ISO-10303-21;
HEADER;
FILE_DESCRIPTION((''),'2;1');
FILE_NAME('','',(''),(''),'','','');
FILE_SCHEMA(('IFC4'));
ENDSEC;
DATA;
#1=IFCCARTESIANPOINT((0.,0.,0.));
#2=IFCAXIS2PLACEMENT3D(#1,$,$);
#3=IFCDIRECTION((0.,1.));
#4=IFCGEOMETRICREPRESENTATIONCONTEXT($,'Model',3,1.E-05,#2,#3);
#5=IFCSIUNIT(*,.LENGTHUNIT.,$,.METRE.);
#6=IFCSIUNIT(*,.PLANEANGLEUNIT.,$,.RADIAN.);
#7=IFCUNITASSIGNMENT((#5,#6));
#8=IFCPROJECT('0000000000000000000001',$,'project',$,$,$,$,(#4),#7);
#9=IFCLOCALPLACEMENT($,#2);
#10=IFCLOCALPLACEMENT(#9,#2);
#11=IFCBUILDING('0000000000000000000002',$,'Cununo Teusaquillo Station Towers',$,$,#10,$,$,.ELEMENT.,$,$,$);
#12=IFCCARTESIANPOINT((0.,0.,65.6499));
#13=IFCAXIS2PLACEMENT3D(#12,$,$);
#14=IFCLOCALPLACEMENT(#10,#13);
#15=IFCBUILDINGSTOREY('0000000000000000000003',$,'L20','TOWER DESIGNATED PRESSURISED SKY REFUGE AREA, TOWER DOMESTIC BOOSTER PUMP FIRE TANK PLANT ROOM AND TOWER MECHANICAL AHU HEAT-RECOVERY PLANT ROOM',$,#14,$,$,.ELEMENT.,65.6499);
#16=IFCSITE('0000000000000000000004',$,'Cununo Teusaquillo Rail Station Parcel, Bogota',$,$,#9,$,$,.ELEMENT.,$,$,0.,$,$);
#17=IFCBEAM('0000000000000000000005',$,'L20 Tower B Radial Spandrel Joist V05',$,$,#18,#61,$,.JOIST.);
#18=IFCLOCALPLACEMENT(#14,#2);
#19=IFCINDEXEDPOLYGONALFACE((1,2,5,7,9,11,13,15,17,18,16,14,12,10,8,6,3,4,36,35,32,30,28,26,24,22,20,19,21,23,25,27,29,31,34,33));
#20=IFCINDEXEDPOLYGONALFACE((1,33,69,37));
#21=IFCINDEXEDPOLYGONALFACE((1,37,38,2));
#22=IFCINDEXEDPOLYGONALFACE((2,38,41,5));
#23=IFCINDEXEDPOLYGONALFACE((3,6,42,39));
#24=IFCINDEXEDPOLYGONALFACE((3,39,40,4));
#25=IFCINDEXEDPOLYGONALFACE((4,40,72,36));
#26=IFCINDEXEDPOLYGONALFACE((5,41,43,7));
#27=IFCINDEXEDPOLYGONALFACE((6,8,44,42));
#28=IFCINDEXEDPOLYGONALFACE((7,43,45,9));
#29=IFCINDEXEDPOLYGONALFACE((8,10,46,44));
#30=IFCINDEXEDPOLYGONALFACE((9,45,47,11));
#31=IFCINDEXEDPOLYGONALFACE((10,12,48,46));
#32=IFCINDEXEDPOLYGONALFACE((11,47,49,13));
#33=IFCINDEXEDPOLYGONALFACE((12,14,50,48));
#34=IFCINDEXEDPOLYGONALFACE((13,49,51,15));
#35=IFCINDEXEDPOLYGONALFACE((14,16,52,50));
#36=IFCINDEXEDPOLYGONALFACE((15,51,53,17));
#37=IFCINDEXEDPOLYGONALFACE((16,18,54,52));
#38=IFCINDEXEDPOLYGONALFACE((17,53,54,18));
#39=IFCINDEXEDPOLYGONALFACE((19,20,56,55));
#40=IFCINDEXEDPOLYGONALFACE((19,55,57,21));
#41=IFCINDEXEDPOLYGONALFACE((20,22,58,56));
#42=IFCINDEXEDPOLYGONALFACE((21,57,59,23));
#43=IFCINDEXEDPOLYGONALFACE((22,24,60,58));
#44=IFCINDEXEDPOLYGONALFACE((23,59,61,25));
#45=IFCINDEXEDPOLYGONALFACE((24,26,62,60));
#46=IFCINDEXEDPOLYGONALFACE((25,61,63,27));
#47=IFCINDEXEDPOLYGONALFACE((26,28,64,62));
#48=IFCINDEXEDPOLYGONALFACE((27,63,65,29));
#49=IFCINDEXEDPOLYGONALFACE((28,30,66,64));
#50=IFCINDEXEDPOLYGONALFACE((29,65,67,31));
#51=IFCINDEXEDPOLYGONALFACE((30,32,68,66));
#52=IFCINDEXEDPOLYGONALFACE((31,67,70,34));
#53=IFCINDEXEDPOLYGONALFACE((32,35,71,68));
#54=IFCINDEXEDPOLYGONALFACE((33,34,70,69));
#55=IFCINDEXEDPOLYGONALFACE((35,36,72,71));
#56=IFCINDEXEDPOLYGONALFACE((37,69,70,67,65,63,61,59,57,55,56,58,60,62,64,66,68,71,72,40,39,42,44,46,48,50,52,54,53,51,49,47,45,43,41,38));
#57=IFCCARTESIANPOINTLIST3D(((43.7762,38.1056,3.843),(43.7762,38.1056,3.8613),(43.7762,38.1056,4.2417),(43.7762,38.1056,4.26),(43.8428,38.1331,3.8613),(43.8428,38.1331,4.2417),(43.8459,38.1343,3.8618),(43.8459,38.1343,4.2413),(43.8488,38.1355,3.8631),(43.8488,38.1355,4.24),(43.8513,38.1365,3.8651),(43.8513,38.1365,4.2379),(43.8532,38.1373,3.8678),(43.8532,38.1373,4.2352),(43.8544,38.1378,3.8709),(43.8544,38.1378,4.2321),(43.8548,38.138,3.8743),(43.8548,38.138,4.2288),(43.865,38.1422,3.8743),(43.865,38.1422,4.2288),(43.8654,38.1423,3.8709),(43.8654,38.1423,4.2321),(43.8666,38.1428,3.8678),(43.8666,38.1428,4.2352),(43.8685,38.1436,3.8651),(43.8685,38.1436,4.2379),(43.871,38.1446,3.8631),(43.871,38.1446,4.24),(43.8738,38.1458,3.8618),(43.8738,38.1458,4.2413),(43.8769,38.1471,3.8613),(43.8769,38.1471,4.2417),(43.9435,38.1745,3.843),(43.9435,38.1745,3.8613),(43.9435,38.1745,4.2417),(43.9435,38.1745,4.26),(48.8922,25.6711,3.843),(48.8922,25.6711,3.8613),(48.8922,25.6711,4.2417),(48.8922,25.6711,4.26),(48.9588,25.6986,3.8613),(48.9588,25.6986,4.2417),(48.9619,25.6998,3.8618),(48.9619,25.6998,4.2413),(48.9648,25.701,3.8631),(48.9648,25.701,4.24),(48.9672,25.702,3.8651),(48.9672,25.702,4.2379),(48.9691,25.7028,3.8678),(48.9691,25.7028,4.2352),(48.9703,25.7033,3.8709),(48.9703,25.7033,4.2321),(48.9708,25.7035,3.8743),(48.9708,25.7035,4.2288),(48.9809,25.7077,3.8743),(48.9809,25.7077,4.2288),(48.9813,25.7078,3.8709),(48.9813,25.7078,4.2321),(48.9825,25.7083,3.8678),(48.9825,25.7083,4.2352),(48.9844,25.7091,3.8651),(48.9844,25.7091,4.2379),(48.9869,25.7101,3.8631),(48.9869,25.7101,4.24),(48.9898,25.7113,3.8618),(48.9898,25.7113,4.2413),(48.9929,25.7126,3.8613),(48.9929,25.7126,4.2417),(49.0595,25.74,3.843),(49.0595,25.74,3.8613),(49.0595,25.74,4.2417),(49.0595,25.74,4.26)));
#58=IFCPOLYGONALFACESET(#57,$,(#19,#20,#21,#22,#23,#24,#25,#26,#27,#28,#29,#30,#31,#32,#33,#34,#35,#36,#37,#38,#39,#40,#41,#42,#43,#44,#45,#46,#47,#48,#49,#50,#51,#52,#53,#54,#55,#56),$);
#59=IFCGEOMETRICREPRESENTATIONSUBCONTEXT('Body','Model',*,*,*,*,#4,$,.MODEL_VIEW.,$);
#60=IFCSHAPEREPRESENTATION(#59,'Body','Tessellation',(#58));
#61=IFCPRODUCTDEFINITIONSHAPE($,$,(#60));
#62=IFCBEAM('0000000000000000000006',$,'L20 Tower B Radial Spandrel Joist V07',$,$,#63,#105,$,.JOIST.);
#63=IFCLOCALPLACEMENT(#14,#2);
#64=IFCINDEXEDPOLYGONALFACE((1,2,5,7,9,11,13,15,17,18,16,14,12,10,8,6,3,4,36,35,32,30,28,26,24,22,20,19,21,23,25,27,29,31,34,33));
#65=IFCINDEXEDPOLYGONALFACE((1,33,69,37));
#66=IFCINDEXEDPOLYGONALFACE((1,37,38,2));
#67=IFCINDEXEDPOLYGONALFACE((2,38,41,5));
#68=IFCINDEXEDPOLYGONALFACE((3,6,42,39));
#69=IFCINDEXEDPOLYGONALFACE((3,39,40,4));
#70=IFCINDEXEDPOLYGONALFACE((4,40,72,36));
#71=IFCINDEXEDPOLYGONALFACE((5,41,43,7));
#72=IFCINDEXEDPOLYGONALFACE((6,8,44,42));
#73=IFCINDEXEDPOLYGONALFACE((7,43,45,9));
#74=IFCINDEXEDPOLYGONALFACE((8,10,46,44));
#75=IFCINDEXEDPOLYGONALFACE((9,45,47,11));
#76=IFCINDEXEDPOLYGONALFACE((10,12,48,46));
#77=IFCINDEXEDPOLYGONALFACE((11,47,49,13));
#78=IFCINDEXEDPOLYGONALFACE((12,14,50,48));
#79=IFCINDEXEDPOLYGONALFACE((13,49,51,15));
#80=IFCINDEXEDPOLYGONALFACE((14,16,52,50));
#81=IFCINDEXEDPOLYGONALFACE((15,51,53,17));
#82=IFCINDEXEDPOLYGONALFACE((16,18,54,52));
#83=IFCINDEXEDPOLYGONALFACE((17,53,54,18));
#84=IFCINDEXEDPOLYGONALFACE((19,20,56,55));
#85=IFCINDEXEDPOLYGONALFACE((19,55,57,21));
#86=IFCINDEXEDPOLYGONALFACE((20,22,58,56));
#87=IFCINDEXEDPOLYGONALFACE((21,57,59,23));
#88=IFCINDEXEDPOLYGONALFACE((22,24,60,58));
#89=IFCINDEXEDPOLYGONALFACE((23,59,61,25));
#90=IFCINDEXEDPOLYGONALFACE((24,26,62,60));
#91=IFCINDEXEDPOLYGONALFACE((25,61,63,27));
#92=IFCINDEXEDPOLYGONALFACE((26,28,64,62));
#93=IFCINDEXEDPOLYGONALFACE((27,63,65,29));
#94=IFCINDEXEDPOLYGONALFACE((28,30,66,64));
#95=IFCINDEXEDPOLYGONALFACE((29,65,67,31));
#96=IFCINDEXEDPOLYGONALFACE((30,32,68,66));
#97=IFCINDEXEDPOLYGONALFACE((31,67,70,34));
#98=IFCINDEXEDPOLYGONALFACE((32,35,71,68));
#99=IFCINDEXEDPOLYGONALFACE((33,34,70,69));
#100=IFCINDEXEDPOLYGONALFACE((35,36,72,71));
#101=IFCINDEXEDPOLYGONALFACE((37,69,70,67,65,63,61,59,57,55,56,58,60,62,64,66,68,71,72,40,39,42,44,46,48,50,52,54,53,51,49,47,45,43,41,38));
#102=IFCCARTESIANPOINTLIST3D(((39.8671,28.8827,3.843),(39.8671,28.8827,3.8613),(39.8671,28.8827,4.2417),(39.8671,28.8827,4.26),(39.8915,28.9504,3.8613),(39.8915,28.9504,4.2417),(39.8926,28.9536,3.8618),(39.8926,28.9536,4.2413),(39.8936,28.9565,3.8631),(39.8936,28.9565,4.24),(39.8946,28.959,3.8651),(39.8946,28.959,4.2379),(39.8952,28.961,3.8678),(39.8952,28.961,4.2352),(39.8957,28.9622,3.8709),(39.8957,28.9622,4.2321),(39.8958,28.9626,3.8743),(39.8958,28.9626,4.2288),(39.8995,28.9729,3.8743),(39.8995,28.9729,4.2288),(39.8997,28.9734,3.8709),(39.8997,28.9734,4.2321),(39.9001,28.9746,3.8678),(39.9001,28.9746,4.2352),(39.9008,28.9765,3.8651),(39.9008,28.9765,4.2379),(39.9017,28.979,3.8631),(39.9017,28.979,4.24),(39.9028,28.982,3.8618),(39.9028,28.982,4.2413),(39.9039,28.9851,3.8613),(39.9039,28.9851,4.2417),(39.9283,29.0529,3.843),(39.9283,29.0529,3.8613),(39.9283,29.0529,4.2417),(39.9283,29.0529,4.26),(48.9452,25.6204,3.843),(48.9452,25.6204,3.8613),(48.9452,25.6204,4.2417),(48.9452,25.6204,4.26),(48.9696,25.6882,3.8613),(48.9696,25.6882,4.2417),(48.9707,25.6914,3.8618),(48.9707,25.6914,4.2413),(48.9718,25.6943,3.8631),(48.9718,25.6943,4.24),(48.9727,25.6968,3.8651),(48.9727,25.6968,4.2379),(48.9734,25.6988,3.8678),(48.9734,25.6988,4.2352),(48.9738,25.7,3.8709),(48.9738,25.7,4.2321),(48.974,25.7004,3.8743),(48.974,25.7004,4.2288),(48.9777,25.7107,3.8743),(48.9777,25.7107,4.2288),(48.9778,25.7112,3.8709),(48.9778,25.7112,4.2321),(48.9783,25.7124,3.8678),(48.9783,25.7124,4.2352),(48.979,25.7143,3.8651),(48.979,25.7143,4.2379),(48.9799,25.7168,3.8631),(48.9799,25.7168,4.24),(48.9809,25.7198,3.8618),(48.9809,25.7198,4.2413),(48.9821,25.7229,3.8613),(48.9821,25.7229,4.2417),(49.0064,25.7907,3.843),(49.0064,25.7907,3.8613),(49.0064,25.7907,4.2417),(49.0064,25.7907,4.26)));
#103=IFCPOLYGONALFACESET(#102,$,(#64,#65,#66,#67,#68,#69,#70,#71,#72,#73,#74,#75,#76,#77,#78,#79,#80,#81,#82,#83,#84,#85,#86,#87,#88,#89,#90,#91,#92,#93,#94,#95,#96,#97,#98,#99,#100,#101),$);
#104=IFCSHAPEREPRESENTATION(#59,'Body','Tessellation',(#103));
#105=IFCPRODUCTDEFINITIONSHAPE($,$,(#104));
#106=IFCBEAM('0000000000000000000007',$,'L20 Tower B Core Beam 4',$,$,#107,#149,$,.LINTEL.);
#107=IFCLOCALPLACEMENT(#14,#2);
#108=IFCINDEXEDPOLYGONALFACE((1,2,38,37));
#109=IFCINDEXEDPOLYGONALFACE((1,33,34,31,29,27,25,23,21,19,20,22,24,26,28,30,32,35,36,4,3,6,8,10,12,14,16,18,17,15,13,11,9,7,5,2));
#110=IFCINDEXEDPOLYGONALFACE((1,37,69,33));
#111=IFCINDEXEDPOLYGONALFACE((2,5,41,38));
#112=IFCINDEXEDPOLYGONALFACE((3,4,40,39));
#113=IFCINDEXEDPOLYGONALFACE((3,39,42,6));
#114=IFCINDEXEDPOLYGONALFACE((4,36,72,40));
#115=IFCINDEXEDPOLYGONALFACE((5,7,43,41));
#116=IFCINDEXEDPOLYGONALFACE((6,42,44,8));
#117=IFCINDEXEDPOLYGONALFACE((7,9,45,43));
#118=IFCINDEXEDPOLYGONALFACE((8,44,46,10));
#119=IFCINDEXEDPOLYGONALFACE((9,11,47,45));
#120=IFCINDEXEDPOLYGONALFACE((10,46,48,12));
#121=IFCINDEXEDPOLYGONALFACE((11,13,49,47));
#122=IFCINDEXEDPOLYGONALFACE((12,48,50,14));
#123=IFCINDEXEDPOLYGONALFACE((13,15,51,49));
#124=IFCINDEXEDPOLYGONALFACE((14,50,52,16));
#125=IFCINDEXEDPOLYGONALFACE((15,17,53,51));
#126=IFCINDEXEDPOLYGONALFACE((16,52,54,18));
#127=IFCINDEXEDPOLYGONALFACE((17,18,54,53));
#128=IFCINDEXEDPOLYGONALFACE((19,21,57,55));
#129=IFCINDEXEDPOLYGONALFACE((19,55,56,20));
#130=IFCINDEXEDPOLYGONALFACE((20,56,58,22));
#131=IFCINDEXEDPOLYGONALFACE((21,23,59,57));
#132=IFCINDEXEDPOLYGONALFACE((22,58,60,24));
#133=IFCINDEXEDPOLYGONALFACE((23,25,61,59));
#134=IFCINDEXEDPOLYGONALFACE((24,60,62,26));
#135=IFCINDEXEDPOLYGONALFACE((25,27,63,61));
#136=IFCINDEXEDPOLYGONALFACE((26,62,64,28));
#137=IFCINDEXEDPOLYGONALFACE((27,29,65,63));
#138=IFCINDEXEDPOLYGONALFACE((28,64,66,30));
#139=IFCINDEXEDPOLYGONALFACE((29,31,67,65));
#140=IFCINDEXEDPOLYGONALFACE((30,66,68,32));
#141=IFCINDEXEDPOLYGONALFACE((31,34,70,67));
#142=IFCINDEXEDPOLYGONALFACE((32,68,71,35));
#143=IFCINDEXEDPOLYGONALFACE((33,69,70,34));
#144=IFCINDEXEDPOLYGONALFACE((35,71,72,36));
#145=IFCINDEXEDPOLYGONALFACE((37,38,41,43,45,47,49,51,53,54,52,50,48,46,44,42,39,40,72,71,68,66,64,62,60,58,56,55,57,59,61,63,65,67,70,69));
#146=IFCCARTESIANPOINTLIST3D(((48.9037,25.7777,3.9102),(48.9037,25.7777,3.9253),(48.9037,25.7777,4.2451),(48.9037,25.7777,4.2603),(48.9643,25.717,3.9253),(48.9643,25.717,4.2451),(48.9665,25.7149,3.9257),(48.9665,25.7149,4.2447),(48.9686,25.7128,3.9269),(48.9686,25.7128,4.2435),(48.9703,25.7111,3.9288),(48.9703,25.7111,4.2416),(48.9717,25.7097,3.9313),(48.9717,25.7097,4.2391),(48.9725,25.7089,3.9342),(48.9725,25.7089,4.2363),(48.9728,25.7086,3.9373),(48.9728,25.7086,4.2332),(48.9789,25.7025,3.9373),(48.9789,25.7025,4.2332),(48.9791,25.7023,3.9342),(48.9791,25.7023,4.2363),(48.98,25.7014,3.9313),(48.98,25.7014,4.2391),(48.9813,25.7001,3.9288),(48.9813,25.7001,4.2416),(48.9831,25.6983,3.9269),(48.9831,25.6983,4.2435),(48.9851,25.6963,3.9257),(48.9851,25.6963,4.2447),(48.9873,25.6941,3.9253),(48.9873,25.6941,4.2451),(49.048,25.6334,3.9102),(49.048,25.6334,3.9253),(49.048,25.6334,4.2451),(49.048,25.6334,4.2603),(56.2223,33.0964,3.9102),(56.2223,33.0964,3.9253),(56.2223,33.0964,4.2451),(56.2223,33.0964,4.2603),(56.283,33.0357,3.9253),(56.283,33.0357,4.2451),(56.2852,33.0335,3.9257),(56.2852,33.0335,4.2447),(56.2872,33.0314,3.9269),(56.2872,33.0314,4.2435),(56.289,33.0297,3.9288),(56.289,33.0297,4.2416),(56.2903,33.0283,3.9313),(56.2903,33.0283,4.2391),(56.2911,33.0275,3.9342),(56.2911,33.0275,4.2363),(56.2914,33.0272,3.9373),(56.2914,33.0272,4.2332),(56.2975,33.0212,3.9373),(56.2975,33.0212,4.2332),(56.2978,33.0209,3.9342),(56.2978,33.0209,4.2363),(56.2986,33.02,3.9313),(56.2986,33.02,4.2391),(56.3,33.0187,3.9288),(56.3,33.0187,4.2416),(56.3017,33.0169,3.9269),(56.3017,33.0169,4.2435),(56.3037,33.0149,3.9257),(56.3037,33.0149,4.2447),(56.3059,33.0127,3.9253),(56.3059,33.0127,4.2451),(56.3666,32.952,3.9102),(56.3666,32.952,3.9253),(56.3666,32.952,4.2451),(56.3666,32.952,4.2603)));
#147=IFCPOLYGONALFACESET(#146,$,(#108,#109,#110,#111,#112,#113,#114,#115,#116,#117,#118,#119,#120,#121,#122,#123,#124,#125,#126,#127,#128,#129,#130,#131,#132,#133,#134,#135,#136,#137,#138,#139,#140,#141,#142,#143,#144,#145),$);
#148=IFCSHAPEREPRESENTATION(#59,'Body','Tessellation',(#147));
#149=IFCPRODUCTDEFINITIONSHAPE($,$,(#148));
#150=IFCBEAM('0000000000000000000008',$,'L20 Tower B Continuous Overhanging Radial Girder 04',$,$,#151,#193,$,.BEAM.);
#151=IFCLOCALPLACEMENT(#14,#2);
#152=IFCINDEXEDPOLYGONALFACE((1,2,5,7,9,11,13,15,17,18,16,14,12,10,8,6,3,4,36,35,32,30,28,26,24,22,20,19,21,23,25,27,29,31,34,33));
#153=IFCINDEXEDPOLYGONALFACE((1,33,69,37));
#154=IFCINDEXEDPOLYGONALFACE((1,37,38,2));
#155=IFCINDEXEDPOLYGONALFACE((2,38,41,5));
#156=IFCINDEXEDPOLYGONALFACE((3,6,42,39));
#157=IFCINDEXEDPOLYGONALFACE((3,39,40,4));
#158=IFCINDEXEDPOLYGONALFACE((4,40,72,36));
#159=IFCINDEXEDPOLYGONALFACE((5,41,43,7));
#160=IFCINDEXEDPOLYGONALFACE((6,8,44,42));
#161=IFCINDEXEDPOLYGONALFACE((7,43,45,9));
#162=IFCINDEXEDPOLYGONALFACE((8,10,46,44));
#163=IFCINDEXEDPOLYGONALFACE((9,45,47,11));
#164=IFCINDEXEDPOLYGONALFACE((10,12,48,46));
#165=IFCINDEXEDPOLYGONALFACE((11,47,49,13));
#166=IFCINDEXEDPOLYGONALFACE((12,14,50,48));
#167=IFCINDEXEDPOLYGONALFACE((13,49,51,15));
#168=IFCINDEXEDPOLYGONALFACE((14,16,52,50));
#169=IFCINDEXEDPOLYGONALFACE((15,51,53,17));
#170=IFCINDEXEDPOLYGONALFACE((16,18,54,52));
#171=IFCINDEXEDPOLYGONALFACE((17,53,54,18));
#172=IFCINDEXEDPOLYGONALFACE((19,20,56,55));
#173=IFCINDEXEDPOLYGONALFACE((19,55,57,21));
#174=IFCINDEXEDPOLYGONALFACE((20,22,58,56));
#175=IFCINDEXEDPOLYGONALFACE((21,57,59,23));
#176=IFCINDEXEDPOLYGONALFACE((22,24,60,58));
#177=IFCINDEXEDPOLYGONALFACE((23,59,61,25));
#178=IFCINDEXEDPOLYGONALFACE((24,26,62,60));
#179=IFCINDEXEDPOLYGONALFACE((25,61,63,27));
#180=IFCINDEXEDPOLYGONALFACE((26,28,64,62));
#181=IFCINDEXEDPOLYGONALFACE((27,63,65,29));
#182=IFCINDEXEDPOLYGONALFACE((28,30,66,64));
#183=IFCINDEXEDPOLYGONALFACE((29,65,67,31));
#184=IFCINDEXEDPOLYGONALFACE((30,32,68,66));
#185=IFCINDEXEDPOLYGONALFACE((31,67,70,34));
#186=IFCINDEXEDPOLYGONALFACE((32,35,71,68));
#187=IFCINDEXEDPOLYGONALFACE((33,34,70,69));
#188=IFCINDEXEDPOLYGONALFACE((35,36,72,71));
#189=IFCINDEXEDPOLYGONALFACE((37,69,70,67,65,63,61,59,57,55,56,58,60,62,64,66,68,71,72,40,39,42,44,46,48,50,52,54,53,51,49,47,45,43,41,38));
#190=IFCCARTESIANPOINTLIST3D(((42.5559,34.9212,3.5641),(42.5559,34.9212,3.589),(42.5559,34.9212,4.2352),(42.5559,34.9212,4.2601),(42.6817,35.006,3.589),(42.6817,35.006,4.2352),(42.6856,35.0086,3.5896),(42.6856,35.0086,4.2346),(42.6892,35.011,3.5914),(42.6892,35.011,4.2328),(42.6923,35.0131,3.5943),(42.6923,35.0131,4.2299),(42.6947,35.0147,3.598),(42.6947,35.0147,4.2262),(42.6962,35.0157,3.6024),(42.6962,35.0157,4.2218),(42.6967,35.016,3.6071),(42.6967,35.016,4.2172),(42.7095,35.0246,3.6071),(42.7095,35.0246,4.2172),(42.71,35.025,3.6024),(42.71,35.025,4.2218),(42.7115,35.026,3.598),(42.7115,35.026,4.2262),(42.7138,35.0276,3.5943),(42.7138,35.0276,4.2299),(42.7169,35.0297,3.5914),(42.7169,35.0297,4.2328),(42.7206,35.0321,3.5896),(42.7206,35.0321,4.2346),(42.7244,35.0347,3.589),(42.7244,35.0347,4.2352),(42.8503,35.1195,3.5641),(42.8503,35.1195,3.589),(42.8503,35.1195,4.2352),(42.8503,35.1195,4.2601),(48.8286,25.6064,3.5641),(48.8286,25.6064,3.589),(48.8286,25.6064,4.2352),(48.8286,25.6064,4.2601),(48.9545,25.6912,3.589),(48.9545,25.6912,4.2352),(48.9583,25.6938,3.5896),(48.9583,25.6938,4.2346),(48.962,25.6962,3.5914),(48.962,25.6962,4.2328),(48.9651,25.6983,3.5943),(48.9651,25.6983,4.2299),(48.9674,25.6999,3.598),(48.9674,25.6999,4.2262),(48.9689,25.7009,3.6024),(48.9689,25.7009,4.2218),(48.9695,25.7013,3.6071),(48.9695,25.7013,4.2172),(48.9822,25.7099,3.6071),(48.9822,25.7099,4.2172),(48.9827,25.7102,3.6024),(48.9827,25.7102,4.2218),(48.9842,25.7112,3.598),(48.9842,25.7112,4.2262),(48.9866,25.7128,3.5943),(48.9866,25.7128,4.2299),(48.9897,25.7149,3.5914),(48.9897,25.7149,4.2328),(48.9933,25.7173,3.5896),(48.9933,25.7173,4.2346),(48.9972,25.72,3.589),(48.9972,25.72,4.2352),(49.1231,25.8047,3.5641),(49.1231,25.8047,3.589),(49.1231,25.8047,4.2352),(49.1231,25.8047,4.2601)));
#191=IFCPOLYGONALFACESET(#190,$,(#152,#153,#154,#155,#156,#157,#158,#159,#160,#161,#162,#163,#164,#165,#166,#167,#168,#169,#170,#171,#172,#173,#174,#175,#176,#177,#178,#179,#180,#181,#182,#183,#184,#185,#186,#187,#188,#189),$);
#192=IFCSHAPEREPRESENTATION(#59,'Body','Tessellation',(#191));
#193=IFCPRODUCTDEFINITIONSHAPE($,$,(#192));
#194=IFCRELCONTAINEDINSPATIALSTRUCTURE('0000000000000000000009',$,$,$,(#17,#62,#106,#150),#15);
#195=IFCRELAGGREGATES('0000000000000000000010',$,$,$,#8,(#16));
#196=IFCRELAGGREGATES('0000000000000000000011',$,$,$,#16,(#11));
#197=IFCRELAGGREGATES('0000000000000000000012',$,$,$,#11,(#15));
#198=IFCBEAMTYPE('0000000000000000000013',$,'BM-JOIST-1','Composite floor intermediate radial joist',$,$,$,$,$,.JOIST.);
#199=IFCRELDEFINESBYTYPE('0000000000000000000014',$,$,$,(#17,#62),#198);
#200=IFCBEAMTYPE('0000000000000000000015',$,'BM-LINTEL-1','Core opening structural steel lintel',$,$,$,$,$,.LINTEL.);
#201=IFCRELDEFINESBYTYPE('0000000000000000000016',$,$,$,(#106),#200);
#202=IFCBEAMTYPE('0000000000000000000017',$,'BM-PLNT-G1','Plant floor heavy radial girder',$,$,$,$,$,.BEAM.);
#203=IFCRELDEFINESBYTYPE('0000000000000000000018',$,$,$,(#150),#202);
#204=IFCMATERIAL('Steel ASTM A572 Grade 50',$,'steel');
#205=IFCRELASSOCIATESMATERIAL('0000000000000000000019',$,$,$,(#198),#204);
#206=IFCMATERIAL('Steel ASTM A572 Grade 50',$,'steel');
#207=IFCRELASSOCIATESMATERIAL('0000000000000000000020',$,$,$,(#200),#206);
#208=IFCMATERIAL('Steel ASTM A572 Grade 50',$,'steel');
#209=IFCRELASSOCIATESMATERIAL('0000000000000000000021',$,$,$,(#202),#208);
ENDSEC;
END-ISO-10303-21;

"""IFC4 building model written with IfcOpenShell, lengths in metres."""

from ifc_helpers import new_model, si_unit, direction, frame, origin, origin_2d, place, context, subcontext, project, spatial, i_section, extrude, material, material_profile, profile_set, type_object, element, save


model = new_model("IFC4")

# Units and contexts
model_context = context("Model", 3, precision=1e-05, world=origin(), true_north=direction((0.0, 1.0)))
body_context = subcontext(model_context, "Body", "Model", "MODEL_VIEW")
ifc_project = project(units=[si_unit("LENGTHUNIT", "METRE"), si_unit("PLANEANGLEUNIT", "RADIAN")], contexts=[model_context])

# Site, building, storey
site_placement = place(None, origin())
site = spatial("IfcSite", under=ifc_project, at=site_placement, Name="Cununo Teusaquillo Rail Station Parcel, Bogota", CompositionType="ELEMENT", RefElevation=0.0)
building_placement = place(site_placement, origin())
building = spatial("IfcBuilding", under=site, at=building_placement, Name="Cununo Teusaquillo Station Towers", CompositionType="ELEMENT")
storey_placement = place(building_placement, frame((0.0, 0.0, 65.6499)))
storey = spatial("IfcBuildingStorey", under=building, at=storey_placement, Name="L20", Description="TOWER DESIGNATED PRESSURISED SKY REFUGE AREA, TOWER DOMESTIC BOOSTER PUMP FIRE TANK PLANT ROOM AND TOWER MECHANICAL AHU HEAT-RECOVERY PLANT ROOM", CompositionType="ELEMENT", Elevation=65.6499)

# Beams
ifc_material_1 = material(Name="Steel ASTM A572 Grade 50", Category="steel")
ifc_material_profile_1 = material_profile(ifc_material_1, i_section(OverallWidth=0.1809, OverallDepth=0.417, WebThickness=0.011, FlangeThickness=0.0183, FilletRadius=0.0129, at=origin_2d()), Name="W16X57")
ifc_profile_set_1 = profile_set([ifc_material_profile_1], Name="Steel ASTM A572 Grade 50")
beam_type_1 = type_object("IfcBeamType", Name="BM-JOIST-1", Description="Composite floor intermediate radial joist", PredefinedType="JOIST", material=ifc_profile_set_1)
beam_1_placement = place(storey_placement, frame((48.9758, 25.7056, 4.0515), z_axis=(-0.380486, 0.924787, 0.0), x_axis=(-0.924787, -0.380486, 0.0)))
element("IfcBeam", 1, at=beam_1_placement, inside=storey, type_object=beam_type_1, Name="L20 Tower B Radial Spandrel Joist V05", PredefinedType="JOIST", context=body_context, shape_type="SweptSolid", body=[
    extrude(i_section(OverallWidth=0.1809, OverallDepth=0.417, WebThickness=0.011, FlangeThickness=0.0183, FilletRadius=0.0129, at=origin_2d()), origin(), (0.0, 0.0, 1.0), 13.4458),
])
beam_2_placement = place(storey_placement, frame((48.9758, 25.7056, 4.0515), z_axis=(-0.941083, 0.338176, 0.0), x_axis=(-0.338176, -0.941083, 0.0)))
element("IfcBeam", 2, at=beam_2_placement, inside=storey, type_object=beam_type_1, Name="L20 Tower B Radial Spandrel Joist V07", PredefinedType="JOIST", context=body_context, shape_type="SweptSolid", body=[
    extrude(i_section(OverallWidth=0.1809, OverallDepth=0.417, WebThickness=0.011, FlangeThickness=0.0183, FilletRadius=0.0129, at=origin_2d()), origin(), (0.0, 0.0, 1.0), 9.6465),
])
ifc_material_2 = material(Name="Steel ASTM A572 Grade 50", Category="steel")
ifc_material_profile_2 = material_profile(ifc_material_2, i_section(OverallWidth=0.2041, OverallDepth=0.3501, WebThickness=0.0085, FlangeThickness=0.0151, FilletRadius=0.012, at=origin_2d()), Name="W14X48")
ifc_profile_set_2 = profile_set([ifc_material_profile_2], Name="Steel ASTM A572 Grade 50")
beam_type_2 = type_object("IfcBeamType", Name="BM-LINTEL-1", Description="Core opening structural steel lintel", PredefinedType="LINTEL", material=ifc_profile_set_2)
beam_3_placement = place(storey_placement, frame((48.9758, 25.7056, 4.0852), z_axis=(0.707107, 0.707107, 0.0), x_axis=(-0.707107, 0.707107, 0.0)))
element("IfcBeam", 3, at=beam_3_placement, inside=storey, type_object=beam_type_2, Name="L20 Tower B Core Beam 4", PredefinedType="LINTEL", context=body_context, shape_type="SweptSolid", body=[
    extrude(i_section(OverallWidth=0.2041, OverallDepth=0.3501, WebThickness=0.0085, FlangeThickness=0.0151, FilletRadius=0.012, at=origin_2d()), origin(), (0.0, 0.0, 1.0), 10.3501),
])
ifc_material_3 = material(Name="Steel ASTM A572 Grade 50", Category="steel")
ifc_material_profile_3 = material_profile(ifc_material_3, i_section(OverallWidth=0.355, OverallDepth=0.696, WebThickness=0.0154, FlangeThickness=0.0249, FilletRadius=0.0181, at=origin_2d()), Name="W27X146")
ifc_profile_set_3 = profile_set([ifc_material_profile_3], Name="Steel ASTM A572 Grade 50")
beam_type_3 = type_object("IfcBeamType", Name="BM-PLNT-G1", Description="Plant floor heavy radial girder", PredefinedType="BEAM", material=ifc_profile_set_3)
beam_4_placement = place(storey_placement, frame((48.9758, 25.7056, 3.9121), z_axis=(-0.558572, 0.829456, 0.0), x_axis=(-0.829456, -0.558572, 0.0)))
element("IfcBeam", 4, at=beam_4_placement, inside=storey, type_object=beam_type_3, Name="L20 Tower B Continuous Overhanging Radial Girder 04", PredefinedType="BEAM", context=body_context, shape_type="SweptSolid", body=[
    extrude(i_section(OverallWidth=0.355, OverallDepth=0.696, WebThickness=0.0154, FlangeThickness=0.0249, FilletRadius=0.0181, at=origin_2d()), origin(), (0.0, 0.0, 1.0), 11.23),
])

save(model, "model.ifc")
